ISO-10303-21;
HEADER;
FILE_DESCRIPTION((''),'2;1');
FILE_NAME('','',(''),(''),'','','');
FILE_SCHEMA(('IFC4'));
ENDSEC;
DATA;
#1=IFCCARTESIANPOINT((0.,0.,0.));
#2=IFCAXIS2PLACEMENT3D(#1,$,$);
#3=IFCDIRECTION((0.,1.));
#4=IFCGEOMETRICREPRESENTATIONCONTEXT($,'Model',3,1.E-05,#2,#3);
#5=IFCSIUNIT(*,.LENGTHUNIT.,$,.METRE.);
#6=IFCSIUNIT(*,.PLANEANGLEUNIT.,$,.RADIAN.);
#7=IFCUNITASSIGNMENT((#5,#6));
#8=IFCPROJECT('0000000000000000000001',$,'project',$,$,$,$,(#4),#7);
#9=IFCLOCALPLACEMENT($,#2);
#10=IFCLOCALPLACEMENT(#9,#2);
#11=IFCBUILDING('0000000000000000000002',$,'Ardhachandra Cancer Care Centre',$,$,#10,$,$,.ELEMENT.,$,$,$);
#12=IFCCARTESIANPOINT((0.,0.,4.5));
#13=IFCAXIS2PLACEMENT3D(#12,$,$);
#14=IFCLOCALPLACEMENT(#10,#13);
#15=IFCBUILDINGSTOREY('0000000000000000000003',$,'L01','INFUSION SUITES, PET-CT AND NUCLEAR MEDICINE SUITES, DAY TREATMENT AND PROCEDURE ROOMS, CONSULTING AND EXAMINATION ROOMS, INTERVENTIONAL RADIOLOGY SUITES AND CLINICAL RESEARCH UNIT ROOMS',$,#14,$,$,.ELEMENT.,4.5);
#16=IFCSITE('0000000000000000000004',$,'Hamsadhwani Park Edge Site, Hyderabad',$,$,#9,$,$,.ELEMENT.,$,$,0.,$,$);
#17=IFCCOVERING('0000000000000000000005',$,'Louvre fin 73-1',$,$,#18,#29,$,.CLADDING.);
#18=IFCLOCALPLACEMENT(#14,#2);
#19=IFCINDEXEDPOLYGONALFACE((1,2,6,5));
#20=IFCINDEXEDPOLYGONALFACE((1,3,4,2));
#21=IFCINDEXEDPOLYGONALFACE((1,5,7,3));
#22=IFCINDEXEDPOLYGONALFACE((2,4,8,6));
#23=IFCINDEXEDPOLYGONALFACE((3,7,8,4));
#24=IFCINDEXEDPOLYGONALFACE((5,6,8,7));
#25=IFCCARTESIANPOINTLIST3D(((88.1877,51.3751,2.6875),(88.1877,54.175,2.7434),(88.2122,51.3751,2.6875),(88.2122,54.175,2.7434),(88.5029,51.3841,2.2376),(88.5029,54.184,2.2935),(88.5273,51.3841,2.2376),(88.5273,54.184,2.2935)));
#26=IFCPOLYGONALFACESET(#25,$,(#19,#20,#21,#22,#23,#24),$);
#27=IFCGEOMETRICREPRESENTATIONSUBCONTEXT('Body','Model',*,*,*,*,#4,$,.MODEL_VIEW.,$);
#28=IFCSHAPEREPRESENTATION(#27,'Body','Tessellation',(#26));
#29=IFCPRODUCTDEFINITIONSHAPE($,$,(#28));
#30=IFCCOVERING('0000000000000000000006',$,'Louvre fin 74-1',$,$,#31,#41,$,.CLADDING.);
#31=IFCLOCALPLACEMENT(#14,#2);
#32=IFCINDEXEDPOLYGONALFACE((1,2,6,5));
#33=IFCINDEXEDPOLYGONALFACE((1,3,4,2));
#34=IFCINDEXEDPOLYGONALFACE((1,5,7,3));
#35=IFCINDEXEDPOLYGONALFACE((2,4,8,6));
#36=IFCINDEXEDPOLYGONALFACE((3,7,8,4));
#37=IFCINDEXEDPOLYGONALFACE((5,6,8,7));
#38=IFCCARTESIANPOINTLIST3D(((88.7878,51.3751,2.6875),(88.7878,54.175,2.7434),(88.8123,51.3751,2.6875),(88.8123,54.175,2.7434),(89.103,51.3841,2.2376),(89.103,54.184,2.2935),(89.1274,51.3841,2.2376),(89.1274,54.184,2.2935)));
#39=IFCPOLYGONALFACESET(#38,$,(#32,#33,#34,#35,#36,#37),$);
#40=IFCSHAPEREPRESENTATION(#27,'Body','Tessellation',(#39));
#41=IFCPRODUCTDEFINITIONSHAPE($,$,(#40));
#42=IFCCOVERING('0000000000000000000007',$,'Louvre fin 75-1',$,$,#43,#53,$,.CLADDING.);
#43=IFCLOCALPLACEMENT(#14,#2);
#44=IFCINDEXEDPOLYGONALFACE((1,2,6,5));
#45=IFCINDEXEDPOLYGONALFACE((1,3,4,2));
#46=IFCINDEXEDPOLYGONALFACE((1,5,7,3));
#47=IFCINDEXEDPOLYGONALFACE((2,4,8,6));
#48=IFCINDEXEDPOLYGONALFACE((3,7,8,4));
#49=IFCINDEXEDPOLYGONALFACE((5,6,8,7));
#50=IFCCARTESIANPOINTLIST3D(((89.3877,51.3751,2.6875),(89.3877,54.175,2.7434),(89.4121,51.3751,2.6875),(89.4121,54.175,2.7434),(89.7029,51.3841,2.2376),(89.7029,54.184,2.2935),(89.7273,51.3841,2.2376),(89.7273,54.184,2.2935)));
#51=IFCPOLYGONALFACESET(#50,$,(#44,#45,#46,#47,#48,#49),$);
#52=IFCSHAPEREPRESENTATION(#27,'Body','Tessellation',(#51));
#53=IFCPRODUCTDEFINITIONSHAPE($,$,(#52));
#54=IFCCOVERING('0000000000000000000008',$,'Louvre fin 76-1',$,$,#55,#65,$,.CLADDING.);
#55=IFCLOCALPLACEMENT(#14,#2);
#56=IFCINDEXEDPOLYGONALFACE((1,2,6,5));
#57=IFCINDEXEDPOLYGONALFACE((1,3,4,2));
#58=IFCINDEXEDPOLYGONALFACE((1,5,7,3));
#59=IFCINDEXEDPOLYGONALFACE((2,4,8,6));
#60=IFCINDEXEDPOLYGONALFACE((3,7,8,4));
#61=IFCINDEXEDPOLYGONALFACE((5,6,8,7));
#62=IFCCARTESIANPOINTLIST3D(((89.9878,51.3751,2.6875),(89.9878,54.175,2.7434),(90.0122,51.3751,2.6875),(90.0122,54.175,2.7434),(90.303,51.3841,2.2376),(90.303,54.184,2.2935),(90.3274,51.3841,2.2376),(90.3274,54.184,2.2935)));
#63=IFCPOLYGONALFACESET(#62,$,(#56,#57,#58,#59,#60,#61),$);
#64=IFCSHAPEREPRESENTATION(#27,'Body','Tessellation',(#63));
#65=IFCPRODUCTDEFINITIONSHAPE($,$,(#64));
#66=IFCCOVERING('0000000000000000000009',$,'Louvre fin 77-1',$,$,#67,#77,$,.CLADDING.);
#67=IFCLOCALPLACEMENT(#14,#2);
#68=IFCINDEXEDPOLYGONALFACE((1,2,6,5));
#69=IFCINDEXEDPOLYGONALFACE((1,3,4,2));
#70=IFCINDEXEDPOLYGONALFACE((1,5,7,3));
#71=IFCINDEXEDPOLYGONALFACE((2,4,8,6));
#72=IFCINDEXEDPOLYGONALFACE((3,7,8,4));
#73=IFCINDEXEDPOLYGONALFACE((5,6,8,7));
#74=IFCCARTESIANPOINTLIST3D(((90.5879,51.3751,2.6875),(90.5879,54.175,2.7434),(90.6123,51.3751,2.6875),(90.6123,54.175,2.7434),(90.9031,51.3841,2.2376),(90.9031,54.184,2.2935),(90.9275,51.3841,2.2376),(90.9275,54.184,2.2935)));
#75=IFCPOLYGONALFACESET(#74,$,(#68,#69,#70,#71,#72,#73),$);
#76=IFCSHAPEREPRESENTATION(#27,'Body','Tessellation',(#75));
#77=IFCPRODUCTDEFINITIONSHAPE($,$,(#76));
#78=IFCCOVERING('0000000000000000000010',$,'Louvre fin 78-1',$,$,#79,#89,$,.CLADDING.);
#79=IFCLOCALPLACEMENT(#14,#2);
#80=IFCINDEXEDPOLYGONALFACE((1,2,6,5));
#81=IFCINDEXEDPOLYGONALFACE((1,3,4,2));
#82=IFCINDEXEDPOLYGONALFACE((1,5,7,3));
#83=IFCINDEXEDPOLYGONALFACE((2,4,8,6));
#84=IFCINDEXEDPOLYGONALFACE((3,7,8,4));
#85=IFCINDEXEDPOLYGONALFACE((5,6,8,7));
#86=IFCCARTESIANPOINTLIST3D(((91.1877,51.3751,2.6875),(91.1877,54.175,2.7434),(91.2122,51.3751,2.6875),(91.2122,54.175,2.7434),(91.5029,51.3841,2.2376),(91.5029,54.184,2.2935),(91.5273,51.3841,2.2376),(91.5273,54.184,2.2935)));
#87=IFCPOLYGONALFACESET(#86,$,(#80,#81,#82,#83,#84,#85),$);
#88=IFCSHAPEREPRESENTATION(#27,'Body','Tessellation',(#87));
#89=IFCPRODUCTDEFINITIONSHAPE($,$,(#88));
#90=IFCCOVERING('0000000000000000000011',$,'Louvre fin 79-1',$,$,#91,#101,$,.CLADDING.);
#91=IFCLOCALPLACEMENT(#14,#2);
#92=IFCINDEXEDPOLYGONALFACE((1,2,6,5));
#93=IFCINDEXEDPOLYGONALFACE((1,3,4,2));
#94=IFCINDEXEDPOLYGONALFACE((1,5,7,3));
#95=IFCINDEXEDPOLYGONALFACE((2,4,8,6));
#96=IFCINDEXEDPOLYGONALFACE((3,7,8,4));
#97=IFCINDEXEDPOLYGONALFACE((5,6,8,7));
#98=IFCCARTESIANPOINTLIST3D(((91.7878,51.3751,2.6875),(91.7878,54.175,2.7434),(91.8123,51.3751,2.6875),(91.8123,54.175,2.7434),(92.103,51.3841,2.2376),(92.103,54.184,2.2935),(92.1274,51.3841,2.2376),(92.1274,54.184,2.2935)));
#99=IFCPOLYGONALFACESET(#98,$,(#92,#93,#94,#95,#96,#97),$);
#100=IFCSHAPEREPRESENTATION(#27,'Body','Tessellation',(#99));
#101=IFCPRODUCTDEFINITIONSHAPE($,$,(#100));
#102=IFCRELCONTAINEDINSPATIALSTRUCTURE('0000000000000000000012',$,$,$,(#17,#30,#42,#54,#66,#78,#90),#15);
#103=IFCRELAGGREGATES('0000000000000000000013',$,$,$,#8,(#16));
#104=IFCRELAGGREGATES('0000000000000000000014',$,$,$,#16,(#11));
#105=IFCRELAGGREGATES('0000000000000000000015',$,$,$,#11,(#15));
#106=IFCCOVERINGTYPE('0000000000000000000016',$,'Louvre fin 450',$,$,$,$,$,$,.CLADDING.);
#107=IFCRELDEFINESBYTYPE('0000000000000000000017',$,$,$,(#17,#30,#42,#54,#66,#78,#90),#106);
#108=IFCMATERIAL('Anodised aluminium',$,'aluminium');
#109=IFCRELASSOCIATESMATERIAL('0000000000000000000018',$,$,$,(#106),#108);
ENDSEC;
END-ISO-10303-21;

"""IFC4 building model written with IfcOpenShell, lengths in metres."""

from ifc_helpers import new_model, si_unit, direction, frame, origin, place, context, subcontext, project, spatial, polyline, outline, extrude, material, material_profile, profile_set, type_object, element, save


model = new_model("IFC4")

# Units and contexts
model_context = context("Model", 3, precision=1e-05, world=origin(), true_north=direction((0.0, 1.0)))
body_context = subcontext(model_context, "Body", "Model", "MODEL_VIEW")
ifc_project = project(units=[si_unit("LENGTHUNIT", "METRE"), si_unit("PLANEANGLEUNIT", "RADIAN")], contexts=[model_context])

# Site, building, storey
site_placement = place(None, origin())
site = spatial("IfcSite", under=ifc_project, at=site_placement, Name="Hamsadhwani Park Edge Site, Hyderabad", CompositionType="ELEMENT", RefElevation=0.0)
building_placement = place(site_placement, origin())
building = spatial("IfcBuilding", under=site, at=building_placement, Name="Ardhachandra Cancer Care Centre", CompositionType="ELEMENT")
storey_placement = place(building_placement, frame((0.0, 0.0, 4.5)))
storey = spatial("IfcBuildingStorey", under=building, at=storey_placement, Name="L01", Description="INFUSION SUITES, PET-CT AND NUCLEAR MEDICINE SUITES, DAY TREATMENT AND PROCEDURE ROOMS, CONSULTING AND EXAMINATION ROOMS, INTERVENTIONAL RADIOLOGY SUITES AND CLINICAL RESEARCH UNIT ROOMS", CompositionType="ELEMENT", Elevation=4.5)

# Coverings
ifc_material_1 = material(Name="Anodised aluminium", Category="aluminium")
ifc_material_profile_1 = material_profile(ifc_material_1, outline(polyline([(-0.0122, 0.0), (0.0122, 0.0), (0.3274, -0.45), (0.303, -0.45), (-0.0122, 0.0)])), Name="Louvre fin 450")
ifc_profile_set_1 = profile_set([ifc_material_profile_1], Name="Anodised aluminium")
covering_type = type_object("IfcCoveringType", Name="Louvre fin 450", PredefinedType="CLADDING", material=ifc_profile_set_1)
for number, where, z_axis, x_axis, name in (
    (1, (88.2, 54.175, 2.7434), (0.0, -0.999801, -0.019963), (1.0, 0.0, 0.0), "Louvre fin 73-1"),
    (2, (88.8, 54.175, 2.7434), (0.0, -0.999801, -0.019963), (1.0, 0.0, 0.0), "Louvre fin 74-1"),
    (3, (89.3999, 54.175, 2.7434), (0.0, -0.999801, -0.019963), (1.0, 0.0, 0.0), "Louvre fin 75-1"),
    (4, (90.0, 54.175, 2.7434), (0.0, -0.999801, -0.019963), (1.0, 0.0, 0.0), "Louvre fin 76-1"),
    (5, (90.6001, 54.175, 2.7434), (0.0, -0.999801, -0.019963), (1.0, 0.0, 0.0), "Louvre fin 77-1"),
    (6, (91.2, 54.175, 2.7434), (0.0, -0.999801, -0.019963), (1.0, 0.0, 0.0), "Louvre fin 78-1"),
    (7, (91.8, 54.175, 2.7434), (0.0, -0.999801, -0.019963), (1.0, 0.0, 0.0), "Louvre fin 79-1"),
):
    element("IfcCovering", number, at=place(storey_placement, frame(where, z_axis=z_axis, x_axis=x_axis)), inside=storey, type_object=covering_type, Name=name, PredefinedType="CLADDING", context=body_context, shape_type="SweptSolid", body=[
        extrude(outline(polyline([(-0.0122, 0.0), (0.0122, 0.0), (0.3274, -0.45), (0.303, -0.45), (-0.0122, 0.0)])), origin(), (0.0, 0.0, 1.0), 2.8005),
    ])

save(model, "model.ifc")
